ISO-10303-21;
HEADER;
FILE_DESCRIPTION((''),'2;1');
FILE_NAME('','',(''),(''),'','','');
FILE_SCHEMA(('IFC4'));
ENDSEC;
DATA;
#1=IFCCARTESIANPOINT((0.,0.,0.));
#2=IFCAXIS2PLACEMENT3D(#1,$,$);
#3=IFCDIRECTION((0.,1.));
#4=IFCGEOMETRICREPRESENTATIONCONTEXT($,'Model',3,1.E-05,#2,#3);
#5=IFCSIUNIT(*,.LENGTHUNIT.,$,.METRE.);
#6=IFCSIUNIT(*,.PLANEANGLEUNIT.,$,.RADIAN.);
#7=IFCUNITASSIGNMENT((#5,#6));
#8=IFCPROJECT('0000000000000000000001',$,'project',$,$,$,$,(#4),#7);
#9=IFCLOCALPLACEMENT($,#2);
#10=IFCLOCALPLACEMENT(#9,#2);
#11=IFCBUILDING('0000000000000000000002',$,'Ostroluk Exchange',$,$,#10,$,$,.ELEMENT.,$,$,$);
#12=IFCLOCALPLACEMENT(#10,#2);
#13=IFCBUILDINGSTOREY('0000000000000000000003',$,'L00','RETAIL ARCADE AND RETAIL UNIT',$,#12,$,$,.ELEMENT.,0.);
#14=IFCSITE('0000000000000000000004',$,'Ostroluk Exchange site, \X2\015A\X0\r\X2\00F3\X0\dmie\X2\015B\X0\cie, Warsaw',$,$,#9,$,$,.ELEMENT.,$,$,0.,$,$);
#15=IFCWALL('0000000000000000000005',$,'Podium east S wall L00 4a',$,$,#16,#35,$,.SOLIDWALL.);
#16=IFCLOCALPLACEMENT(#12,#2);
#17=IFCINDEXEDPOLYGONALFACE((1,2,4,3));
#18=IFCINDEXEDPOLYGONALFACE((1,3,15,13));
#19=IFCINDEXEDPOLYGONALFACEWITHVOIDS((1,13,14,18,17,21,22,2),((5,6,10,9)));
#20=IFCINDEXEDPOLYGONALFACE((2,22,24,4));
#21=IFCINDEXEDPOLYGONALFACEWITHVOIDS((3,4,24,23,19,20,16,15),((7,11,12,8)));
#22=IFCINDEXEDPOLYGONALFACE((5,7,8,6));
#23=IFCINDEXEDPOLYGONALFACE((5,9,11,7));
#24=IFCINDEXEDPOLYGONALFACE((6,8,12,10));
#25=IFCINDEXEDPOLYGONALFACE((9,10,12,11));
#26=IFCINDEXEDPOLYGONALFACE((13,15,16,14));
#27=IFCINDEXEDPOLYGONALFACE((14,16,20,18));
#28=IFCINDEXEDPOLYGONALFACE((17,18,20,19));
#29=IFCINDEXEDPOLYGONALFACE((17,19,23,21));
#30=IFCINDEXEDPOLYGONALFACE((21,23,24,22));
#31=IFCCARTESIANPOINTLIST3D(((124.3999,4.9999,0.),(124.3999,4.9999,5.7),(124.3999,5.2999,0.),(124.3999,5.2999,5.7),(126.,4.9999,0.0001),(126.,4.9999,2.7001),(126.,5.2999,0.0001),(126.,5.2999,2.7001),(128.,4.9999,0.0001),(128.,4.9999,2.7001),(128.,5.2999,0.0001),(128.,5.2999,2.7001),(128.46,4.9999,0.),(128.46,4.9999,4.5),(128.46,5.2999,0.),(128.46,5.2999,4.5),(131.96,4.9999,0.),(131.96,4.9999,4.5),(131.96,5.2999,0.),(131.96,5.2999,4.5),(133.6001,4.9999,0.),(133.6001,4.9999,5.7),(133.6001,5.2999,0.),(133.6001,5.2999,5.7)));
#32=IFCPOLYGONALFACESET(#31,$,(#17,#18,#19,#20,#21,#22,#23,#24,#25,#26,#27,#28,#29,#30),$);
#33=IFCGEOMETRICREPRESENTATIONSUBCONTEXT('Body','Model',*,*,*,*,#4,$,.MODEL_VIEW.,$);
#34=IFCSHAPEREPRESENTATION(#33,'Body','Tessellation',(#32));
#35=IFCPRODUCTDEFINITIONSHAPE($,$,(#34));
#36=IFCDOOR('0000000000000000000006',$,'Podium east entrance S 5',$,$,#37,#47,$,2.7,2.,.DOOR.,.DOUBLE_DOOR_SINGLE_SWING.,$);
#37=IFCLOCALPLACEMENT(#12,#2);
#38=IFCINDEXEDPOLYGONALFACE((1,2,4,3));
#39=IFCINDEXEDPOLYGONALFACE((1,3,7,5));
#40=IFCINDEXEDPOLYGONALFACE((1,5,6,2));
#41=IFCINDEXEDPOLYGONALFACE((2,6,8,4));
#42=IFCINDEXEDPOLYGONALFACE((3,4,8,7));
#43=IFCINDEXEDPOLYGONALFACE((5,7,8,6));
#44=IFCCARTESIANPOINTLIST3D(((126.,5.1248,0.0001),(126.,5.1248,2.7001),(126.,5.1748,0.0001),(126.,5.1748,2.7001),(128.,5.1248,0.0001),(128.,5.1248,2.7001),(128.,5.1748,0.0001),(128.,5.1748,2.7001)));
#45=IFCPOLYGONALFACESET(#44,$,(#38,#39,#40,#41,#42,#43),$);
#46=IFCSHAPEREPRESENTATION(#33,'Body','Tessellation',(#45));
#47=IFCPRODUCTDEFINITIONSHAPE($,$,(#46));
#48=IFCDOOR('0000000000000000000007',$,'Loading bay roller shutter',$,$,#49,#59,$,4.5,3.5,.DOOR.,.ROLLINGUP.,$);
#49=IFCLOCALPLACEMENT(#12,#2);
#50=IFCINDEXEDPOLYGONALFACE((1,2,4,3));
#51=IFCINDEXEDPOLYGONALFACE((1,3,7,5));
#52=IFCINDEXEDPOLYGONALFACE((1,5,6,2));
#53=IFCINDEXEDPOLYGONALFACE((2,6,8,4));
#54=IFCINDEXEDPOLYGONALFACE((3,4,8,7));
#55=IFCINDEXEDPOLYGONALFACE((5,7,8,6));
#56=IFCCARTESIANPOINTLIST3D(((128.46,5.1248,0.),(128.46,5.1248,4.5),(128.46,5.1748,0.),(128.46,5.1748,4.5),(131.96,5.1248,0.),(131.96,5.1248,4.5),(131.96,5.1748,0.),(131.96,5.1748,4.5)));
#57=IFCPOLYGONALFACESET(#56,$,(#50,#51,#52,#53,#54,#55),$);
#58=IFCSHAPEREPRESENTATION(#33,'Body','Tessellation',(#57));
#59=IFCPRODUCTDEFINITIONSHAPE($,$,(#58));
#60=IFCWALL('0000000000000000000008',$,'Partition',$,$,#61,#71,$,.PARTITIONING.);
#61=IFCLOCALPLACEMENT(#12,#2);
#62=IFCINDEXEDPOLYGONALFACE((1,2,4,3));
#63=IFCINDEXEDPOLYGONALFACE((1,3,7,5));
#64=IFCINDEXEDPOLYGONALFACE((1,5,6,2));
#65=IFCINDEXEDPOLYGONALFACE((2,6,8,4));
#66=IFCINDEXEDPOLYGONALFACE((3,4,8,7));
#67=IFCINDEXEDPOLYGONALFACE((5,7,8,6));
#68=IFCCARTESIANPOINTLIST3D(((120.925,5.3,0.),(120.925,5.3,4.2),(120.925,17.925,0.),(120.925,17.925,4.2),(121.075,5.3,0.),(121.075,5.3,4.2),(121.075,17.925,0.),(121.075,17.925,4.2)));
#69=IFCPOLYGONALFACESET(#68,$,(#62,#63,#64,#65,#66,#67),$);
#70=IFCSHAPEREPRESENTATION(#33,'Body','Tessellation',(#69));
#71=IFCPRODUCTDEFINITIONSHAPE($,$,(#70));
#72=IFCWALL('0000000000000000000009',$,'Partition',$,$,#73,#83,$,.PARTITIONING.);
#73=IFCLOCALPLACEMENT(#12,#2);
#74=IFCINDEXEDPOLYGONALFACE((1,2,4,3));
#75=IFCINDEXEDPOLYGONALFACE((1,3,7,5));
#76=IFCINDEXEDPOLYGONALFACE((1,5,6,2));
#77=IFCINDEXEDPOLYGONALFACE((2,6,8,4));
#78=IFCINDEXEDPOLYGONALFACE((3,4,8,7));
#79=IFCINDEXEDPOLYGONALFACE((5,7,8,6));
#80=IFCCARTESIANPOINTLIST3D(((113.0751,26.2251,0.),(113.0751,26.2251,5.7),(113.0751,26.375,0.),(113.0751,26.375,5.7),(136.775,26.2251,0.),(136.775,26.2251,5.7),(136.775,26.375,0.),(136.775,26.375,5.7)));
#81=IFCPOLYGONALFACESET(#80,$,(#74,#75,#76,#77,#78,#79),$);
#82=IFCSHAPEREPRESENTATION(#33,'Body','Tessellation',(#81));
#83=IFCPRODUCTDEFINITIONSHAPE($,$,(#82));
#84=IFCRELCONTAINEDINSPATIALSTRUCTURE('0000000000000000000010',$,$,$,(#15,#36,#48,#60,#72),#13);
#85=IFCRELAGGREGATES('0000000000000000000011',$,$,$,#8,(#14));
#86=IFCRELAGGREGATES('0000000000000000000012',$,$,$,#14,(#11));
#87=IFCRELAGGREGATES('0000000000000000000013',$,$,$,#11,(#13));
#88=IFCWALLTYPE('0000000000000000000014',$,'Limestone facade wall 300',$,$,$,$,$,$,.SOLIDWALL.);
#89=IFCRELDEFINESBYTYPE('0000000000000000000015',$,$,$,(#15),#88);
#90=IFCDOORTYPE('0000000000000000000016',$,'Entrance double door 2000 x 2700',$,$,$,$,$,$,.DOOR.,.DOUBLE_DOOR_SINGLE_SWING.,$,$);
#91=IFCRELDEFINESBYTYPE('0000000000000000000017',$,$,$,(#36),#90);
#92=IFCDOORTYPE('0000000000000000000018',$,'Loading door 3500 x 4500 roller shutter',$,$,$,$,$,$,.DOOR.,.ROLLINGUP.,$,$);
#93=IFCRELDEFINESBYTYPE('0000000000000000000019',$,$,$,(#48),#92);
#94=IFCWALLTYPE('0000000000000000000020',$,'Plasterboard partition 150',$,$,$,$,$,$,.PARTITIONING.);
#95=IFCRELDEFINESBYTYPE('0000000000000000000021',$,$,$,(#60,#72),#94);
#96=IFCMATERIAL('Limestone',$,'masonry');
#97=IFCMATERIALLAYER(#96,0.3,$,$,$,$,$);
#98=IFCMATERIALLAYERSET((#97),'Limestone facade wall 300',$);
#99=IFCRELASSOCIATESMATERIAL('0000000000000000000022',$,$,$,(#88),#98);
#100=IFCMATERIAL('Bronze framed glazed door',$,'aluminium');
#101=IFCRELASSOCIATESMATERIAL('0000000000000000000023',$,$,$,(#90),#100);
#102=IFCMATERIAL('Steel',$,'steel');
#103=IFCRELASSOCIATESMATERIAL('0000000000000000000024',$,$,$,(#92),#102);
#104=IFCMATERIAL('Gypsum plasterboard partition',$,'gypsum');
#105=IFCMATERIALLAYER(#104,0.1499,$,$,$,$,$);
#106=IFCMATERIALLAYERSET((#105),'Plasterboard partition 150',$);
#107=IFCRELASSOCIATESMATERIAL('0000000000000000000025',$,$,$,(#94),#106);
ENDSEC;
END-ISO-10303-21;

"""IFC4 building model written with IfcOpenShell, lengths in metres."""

from ifc_helpers import new_model, si_unit, direction, frame, frame_2d, origin, place, context, subcontext, project, spatial, rectangle, extrude, material, layer, layer_set, type_object, element, fill, save


model = new_model("IFC4")

# Units and contexts
model_context = context("Model", 3, precision=1e-05, world=origin(), true_north=direction((0.0, 1.0)))
body_context = subcontext(model_context, "Body", "Model", "MODEL_VIEW")
ifc_project = project(units=[si_unit("LENGTHUNIT", "METRE"), si_unit("PLANEANGLEUNIT", "RADIAN")], contexts=[model_context])

# Site, building, storey
site_placement = place(None, origin())
site = spatial("IfcSite", under=ifc_project, at=site_placement, Name="Ostroluk Exchange site, Śródmieście, Warsaw", CompositionType="ELEMENT", RefElevation=0.0)
building_placement = place(site_placement, origin())
building = spatial("IfcBuilding", under=site, at=building_placement, Name="Ostroluk Exchange", CompositionType="ELEMENT")
storey_placement = place(building_placement, origin())
storey = spatial("IfcBuildingStorey", under=building, at=storey_placement, Name="L00", Description="RETAIL ARCADE AND RETAIL UNIT", CompositionType="ELEMENT", Elevation=0.0)

# Shared definitions
ifc_material_1 = material(Name="Limestone", Category="masonry")
ifc_layer_1 = layer(ifc_material_1, 0.3)
ifc_layer_set_1 = layer_set([ifc_layer_1], Name="Limestone facade wall 300")
wall_type_1 = type_object("IfcWallType", Name="Limestone facade wall 300", PredefinedType="SOLIDWALL", material=ifc_layer_set_1)

# Wall, openings, doors
wall_1_placement = place(storey_placement, frame((124.3999, 5.1499, 0.0), z_axis=(0.0, 0.0, 1.0), x_axis=(1.0, 0.0, 0.0)))
wall_1 = element("IfcWall", 1, at=wall_1_placement, inside=storey, type_object=wall_type_1, Name="Podium east S wall L00 4a", PredefinedType="SOLIDWALL", context=body_context, shape_type="SweptSolid", body=[
    extrude(rectangle(XDim=9.2002, YDim=0.3, at=frame_2d((4.6001, 0.0))), origin(), (0.0, 0.0, 1.0), 5.7),
])
opening_1_placement = place(wall_1_placement, frame((1.6001, 0.0, 0.0)))
opening_1 = element("IfcOpeningElement", 2, at=opening_1_placement, cuts=wall_1, PredefinedType="OPENING", context=body_context, shape_type="SweptSolid", body=[
    extrude(rectangle(XDim=2.0, YDim=2.7, at=frame_2d((1.0, 1.3501))), frame((0.0, 0.1599, 0.0), z_axis=(0.0, -1.0, 0.0), x_axis=(1.0, 0.0, 0.0)), (0.0, 0.0, 1.0), 0.3201),
])
opening_2_placement = place(wall_1_placement, frame((4.0601, 0.0, 0.0)))
opening_2 = element("IfcOpeningElement", 3, at=opening_2_placement, cuts=wall_1, PredefinedType="OPENING", context=body_context, shape_type="SweptSolid", body=[
    extrude(rectangle(XDim=3.5, YDim=4.5, at=frame_2d((1.75, 2.25))), frame((0.0, 0.1599, 0.0), z_axis=(0.0, -1.0, 0.0), x_axis=(1.0, 0.0, 0.0)), (0.0, 0.0, 1.0), 0.3201),
])
ifc_material_2 = material(Name="Bronze framed glazed door", Category="aluminium")
door_type_1 = type_object("IfcDoorType", Name="Entrance double door 2000 x 2700", OperationType="DOUBLE_DOOR_SINGLE_SWING", PredefinedType="DOOR", material=ifc_material_2)
door_1_placement = place(opening_1_placement, origin())
door_1 = element("IfcDoor", 4, at=door_1_placement, inside=storey, type_object=door_type_1, Name="Podium east entrance S 5", OperationType="DOUBLE_DOOR_SINGLE_SWING", OverallHeight=2.7, OverallWidth=2.0, PredefinedType="DOOR", context=body_context, shape_type="SweptSolid", body=[
    extrude(rectangle(XDim=2.0, YDim=2.7, at=frame_2d((1.0, 1.3501))), frame((0.0, 0.0249, 0.0), z_axis=(0.0, -1.0, 0.0), x_axis=(1.0, 0.0, 0.0)), (0.0, 0.0, 1.0), 0.05),
])
fill(opening_1, door_1)
ifc_material_3 = material(Name="Steel", Category="steel")
door_type_2 = type_object("IfcDoorType", Name="Loading door 3500 x 4500 roller shutter", OperationType="ROLLINGUP", PredefinedType="DOOR", material=ifc_material_3)
door_2_placement = place(opening_2_placement, origin())
door_2 = element("IfcDoor", 5, at=door_2_placement, inside=storey, type_object=door_type_2, Name="Loading bay roller shutter", OperationType="ROLLINGUP", OverallHeight=4.5, OverallWidth=3.5, PredefinedType="DOOR", context=body_context, shape_type="SweptSolid", body=[
    extrude(rectangle(XDim=3.5, YDim=4.5, at=frame_2d((1.75, 2.25))), frame((0.0, 0.0249, 0.0), z_axis=(0.0, -1.0, 0.0), x_axis=(1.0, 0.0, 0.0)), (0.0, 0.0, 1.0), 0.05),
])
fill(opening_2, door_2)

# Walls
ifc_material_4 = material(Name="Gypsum plasterboard partition", Category="gypsum")
ifc_layer_2 = layer(ifc_material_4, 0.1499)
ifc_layer_set_2 = layer_set([ifc_layer_2], Name="Plasterboard partition 150")
wall_type_2 = type_object("IfcWallType", Name="Plasterboard partition 150", PredefinedType="PARTITIONING", material=ifc_layer_set_2)
wall_2_placement = place(storey_placement, frame((121.0, 17.925, 0.0), z_axis=(0.0, 0.0, 1.0), x_axis=(0.0, -1.0, 0.0)))
element("IfcWall", 6, at=wall_2_placement, inside=storey, type_object=wall_type_2, Name="Partition", PredefinedType="PARTITIONING", context=body_context, shape_type="SweptSolid", body=[
    extrude(rectangle(XDim=12.625, YDim=0.1499, at=frame_2d((6.3125, 0.0))), origin(), (0.0, 0.0, 1.0), 4.2),
])
wall_3_placement = place(storey_placement, frame((113.075, 26.3, 0.0), z_axis=(0.0, 0.0, 1.0), x_axis=(1.0, 0.0, 0.0)))
element("IfcWall", 7, at=wall_3_placement, inside=storey, type_object=wall_type_2, Name="Partition", PredefinedType="PARTITIONING", context=body_context, shape_type="SweptSolid", body=[
    extrude(rectangle(XDim=23.7, YDim=0.1499, at=frame_2d((11.8501, 0.0))), origin(), (0.0, 0.0, 1.0), 5.7),
])

save(model, "model.ifc")
